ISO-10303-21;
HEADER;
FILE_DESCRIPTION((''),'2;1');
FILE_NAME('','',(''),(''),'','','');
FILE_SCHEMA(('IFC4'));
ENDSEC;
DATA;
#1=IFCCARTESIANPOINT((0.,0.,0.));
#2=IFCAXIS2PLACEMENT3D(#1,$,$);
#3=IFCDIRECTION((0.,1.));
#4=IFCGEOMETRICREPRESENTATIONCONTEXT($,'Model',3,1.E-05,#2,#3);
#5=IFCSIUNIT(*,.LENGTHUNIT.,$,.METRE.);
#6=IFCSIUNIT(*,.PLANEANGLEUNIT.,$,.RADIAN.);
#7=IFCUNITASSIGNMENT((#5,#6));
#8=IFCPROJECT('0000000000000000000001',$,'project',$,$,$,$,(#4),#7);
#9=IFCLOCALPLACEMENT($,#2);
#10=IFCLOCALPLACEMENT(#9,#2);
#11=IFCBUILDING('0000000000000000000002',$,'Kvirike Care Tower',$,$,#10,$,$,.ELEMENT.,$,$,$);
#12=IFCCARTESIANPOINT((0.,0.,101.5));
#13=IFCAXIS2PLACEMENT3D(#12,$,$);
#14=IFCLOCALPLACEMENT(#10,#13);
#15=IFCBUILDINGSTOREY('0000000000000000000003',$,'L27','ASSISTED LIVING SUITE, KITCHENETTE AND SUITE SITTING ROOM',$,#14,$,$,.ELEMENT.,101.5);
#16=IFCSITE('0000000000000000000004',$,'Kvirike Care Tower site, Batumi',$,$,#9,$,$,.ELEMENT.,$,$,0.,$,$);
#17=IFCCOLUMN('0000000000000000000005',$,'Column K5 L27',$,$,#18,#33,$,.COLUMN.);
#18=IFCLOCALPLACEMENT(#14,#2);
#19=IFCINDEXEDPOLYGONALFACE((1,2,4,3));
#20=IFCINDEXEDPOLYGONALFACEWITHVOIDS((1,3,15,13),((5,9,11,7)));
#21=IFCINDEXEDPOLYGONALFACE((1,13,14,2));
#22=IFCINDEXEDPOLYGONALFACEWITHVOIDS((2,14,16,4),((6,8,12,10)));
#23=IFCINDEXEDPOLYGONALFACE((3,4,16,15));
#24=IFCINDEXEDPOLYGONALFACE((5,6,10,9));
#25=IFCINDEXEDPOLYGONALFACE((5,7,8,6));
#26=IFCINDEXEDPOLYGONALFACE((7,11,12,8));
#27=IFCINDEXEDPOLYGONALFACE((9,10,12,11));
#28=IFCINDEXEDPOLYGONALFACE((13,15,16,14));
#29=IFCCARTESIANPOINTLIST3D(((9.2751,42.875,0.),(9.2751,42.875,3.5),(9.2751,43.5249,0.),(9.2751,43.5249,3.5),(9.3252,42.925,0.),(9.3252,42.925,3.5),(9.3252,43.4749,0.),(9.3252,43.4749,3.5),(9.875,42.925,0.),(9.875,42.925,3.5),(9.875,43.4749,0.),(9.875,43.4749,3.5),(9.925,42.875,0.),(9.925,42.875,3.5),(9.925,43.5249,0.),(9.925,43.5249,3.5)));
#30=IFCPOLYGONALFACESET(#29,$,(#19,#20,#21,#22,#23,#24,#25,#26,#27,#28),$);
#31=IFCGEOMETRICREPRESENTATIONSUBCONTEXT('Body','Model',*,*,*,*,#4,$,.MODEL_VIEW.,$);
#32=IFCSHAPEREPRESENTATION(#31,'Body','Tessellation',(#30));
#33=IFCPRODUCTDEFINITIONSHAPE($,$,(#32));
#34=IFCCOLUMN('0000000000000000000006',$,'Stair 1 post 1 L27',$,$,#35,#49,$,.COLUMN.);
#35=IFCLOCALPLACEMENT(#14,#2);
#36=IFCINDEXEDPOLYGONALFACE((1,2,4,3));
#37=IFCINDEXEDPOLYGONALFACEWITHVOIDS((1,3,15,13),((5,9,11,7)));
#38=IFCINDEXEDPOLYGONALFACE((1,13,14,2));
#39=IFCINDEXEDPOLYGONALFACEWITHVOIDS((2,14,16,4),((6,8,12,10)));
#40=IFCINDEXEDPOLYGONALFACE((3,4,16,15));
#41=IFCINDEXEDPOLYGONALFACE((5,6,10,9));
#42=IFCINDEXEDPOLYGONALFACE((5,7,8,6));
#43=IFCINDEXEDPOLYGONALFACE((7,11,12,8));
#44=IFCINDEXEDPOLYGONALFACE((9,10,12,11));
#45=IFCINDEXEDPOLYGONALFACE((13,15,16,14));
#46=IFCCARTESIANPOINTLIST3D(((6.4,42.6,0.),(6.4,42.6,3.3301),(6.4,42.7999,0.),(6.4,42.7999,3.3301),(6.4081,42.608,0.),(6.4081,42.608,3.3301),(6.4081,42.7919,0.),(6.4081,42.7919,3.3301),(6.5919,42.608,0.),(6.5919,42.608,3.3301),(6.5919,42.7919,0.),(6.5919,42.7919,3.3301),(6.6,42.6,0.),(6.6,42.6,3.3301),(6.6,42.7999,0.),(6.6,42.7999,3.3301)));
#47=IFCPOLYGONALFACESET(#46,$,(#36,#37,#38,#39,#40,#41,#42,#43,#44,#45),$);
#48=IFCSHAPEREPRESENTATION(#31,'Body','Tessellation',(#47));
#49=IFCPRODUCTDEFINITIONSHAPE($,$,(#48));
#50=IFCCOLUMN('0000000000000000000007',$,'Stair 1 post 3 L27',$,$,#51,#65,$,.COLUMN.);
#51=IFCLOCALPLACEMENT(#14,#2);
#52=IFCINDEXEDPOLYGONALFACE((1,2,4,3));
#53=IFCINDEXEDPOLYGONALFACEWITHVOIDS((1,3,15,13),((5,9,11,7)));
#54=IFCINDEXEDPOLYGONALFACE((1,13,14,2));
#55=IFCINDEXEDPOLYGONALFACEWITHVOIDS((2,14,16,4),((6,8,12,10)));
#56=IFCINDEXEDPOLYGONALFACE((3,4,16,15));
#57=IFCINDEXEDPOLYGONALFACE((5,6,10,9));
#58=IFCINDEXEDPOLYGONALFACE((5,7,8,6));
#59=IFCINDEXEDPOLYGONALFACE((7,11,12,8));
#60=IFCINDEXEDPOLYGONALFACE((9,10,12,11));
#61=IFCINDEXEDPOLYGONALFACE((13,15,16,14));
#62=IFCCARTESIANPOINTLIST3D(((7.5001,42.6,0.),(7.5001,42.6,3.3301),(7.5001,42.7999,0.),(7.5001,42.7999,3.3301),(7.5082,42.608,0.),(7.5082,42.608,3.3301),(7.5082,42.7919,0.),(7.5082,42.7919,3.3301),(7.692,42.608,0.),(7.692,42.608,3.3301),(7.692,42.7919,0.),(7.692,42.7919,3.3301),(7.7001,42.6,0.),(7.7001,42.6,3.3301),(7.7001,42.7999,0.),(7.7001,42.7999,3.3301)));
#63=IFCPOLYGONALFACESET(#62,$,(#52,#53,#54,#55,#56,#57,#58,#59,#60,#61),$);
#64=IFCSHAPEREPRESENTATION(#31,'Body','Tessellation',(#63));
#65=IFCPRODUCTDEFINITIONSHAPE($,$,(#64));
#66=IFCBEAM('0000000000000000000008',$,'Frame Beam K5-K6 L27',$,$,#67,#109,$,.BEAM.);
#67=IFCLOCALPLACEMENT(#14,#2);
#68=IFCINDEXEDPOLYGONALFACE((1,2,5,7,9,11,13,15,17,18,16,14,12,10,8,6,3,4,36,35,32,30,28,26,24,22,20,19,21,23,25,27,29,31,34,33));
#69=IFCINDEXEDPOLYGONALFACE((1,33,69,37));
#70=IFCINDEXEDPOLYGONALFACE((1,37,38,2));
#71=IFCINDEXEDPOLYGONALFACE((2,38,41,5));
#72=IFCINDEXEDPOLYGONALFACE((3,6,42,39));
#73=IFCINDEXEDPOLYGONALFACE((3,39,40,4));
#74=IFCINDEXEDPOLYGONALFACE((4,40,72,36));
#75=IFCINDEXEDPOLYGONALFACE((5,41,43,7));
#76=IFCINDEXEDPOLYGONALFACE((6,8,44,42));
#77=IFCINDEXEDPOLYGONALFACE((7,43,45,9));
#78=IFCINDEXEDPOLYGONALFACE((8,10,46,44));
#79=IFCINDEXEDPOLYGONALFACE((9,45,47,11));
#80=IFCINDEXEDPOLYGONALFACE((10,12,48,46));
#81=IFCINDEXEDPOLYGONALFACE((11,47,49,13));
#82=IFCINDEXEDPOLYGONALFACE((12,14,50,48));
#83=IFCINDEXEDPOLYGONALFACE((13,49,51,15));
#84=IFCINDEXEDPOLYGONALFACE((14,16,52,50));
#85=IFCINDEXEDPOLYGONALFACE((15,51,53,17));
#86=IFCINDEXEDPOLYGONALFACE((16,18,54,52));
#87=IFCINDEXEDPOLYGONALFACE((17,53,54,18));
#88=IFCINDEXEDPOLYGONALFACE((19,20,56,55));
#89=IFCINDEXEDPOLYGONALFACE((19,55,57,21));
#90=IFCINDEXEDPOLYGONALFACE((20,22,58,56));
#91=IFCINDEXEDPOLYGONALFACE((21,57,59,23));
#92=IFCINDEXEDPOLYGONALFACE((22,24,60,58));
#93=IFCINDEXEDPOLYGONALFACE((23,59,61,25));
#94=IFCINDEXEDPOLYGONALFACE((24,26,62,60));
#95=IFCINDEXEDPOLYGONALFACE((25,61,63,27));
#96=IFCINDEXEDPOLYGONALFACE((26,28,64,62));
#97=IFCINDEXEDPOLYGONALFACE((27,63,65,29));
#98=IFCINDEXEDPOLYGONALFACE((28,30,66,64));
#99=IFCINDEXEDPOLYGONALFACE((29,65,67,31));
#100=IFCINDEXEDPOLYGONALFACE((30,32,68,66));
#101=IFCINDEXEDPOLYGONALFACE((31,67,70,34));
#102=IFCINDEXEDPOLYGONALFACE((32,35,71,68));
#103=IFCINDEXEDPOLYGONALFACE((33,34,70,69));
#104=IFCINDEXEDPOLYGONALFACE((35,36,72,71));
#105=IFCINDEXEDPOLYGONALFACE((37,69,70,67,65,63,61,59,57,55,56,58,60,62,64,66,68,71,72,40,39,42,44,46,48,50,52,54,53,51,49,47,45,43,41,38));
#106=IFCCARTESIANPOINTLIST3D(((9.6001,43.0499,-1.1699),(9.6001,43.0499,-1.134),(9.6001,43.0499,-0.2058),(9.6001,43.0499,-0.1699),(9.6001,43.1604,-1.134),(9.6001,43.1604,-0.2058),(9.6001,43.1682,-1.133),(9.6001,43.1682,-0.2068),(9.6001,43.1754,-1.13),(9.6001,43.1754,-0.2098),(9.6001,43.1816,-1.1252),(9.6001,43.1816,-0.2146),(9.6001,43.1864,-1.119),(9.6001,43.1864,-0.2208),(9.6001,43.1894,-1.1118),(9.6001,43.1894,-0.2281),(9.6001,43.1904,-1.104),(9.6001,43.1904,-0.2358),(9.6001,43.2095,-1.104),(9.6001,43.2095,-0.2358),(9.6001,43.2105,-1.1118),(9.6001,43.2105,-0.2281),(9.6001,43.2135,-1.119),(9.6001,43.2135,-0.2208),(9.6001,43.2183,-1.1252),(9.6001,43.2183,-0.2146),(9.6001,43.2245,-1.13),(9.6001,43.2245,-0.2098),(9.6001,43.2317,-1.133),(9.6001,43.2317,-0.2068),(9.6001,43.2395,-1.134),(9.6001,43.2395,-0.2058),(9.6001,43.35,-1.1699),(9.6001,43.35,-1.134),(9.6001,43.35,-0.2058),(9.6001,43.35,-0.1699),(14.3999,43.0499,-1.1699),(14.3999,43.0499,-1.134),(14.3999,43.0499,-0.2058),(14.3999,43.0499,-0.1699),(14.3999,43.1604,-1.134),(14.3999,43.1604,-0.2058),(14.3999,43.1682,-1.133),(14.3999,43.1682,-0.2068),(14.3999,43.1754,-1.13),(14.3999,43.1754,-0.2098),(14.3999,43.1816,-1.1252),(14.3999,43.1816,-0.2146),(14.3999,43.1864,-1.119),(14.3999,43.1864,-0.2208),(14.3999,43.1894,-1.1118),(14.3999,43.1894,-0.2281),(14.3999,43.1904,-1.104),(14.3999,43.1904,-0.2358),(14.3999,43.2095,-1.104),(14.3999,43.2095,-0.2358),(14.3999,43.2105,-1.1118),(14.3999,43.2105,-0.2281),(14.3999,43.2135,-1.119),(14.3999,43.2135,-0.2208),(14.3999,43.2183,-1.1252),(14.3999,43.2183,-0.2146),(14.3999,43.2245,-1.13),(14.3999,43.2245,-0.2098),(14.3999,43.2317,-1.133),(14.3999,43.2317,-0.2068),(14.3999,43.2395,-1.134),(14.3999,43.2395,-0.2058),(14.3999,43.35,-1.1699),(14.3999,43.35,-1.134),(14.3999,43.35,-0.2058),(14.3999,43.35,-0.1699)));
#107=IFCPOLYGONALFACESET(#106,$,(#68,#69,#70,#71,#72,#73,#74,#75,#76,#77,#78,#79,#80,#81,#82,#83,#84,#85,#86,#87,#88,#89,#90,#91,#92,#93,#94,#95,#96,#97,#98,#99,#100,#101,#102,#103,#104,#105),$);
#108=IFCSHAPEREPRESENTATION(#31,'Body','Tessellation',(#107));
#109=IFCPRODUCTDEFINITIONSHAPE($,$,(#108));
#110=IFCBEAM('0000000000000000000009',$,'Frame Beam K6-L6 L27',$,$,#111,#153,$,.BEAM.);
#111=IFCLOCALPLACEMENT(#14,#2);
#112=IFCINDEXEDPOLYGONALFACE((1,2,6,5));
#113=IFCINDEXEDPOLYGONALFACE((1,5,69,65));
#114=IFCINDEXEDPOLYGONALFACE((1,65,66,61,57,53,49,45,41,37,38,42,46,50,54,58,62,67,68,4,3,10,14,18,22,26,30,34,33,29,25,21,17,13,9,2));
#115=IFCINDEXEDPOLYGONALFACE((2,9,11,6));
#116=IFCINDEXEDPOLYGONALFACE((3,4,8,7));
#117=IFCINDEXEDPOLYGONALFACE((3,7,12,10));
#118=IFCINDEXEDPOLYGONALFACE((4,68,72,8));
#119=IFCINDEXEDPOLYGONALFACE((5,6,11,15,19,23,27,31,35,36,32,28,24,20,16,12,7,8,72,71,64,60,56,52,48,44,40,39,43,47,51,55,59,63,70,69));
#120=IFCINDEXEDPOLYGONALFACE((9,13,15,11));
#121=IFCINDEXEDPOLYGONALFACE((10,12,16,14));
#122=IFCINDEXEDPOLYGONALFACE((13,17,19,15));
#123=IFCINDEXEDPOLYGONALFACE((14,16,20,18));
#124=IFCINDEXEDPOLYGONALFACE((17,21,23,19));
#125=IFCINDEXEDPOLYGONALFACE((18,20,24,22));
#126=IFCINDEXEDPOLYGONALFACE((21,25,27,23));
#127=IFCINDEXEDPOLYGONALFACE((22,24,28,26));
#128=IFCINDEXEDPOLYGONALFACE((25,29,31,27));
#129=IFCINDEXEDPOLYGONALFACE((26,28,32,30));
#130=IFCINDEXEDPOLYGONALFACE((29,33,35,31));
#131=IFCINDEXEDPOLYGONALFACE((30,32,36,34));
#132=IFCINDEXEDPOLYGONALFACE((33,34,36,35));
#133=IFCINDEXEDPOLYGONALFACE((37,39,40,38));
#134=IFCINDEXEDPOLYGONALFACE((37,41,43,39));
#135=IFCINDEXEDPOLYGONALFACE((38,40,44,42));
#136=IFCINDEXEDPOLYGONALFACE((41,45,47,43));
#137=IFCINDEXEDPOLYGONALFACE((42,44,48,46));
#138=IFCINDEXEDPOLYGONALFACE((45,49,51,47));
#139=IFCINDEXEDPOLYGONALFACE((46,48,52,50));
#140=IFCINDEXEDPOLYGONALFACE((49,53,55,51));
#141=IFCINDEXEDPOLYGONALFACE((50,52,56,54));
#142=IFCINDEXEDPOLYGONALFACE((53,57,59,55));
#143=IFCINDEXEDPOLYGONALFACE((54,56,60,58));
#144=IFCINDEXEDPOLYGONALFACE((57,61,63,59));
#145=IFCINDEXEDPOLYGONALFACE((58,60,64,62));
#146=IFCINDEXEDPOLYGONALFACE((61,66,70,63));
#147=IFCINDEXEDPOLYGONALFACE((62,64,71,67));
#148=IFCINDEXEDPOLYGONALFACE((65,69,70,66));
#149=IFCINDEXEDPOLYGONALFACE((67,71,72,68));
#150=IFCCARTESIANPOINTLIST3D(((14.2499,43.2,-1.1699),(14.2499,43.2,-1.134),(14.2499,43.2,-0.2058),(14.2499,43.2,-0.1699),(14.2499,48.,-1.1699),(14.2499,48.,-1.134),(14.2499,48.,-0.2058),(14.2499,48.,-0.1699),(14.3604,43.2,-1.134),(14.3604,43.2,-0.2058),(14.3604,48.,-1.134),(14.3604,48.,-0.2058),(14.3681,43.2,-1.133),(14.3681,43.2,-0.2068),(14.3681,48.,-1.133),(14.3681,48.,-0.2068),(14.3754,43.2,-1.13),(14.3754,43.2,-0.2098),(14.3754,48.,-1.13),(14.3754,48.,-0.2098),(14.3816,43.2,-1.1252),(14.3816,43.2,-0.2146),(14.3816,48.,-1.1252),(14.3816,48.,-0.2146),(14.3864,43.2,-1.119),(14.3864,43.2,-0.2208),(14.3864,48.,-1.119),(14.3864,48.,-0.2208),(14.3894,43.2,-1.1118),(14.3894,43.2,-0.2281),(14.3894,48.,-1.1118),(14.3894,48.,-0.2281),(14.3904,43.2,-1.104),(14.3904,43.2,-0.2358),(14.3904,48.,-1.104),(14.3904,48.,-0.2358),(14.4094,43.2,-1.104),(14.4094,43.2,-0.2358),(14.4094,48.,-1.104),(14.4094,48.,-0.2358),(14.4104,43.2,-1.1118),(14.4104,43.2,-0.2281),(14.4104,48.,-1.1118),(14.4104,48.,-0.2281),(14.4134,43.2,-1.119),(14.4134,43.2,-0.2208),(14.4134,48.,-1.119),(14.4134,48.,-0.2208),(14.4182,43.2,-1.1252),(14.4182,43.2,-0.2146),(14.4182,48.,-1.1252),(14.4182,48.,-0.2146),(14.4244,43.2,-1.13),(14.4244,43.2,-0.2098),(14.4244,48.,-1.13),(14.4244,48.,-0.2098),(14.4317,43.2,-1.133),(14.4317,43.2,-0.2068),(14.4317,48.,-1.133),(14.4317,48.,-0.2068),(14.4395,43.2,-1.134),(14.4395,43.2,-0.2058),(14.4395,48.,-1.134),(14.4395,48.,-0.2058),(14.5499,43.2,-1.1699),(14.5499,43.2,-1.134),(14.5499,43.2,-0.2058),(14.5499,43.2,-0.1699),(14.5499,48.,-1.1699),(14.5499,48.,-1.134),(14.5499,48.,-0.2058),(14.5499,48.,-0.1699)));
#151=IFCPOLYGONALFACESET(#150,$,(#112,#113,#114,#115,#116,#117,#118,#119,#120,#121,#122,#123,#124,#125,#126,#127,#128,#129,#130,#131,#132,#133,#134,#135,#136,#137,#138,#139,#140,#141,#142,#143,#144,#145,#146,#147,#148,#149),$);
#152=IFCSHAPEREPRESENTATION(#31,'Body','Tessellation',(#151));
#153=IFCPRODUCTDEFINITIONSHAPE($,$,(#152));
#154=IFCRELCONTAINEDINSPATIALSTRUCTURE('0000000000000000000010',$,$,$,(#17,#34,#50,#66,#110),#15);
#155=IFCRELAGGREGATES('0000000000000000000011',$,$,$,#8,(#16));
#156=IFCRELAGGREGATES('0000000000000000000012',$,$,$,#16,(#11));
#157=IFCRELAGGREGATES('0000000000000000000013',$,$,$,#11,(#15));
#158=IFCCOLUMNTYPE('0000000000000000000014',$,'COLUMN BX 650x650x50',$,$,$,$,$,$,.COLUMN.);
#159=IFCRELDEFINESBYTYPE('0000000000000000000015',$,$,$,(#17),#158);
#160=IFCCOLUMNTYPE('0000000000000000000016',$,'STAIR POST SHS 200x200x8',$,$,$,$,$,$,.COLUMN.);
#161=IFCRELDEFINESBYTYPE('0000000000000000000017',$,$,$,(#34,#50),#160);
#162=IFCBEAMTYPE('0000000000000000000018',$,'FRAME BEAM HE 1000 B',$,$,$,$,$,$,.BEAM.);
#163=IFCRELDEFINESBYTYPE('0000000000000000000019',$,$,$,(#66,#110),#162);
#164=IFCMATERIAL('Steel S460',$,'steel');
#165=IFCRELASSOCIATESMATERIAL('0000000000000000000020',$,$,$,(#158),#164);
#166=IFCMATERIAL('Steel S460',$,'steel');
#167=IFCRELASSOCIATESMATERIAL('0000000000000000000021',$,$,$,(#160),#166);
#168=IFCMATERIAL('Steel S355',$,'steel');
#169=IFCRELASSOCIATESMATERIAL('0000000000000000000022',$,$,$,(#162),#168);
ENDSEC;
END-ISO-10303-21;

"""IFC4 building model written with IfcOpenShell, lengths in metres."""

from ifc_helpers import new_model, si_unit, direction, frame, origin, origin_2d, place, context, subcontext, project, spatial, hollow_rectangle, i_section, extrude, material, material_profile, profile_set, type_object, element, save


model = new_model("IFC4")

# Units and contexts
model_context = context("Model", 3, precision=1e-05, world=origin(), true_north=direction((0.0, 1.0)))
body_context = subcontext(model_context, "Body", "Model", "MODEL_VIEW")
ifc_project = project(units=[si_unit("LENGTHUNIT", "METRE"), si_unit("PLANEANGLEUNIT", "RADIAN")], contexts=[model_context])

# Site, building, storey
site_placement = place(None, origin())
site = spatial("IfcSite", under=ifc_project, at=site_placement, Name="Kvirike Care Tower site, Batumi", CompositionType="ELEMENT", RefElevation=0.0)
building_placement = place(site_placement, origin())
building = spatial("IfcBuilding", under=site, at=building_placement, Name="Kvirike Care Tower", CompositionType="ELEMENT")
storey_placement = place(building_placement, frame((0.0, 0.0, 101.5)))
storey = spatial("IfcBuildingStorey", under=building, at=storey_placement, Name="L27", Description="ASSISTED LIVING SUITE, KITCHENETTE AND SUITE SITTING ROOM", CompositionType="ELEMENT", Elevation=101.5)

# Columns
ifc_material_1 = material(Name="Steel S460", Category="steel")
ifc_material_profile_1 = material_profile(ifc_material_1, hollow_rectangle(XDim=0.6499, YDim=0.6499, WallThickness=0.05, at=origin_2d()), Name="BX 650x650x50")
ifc_profile_set_1 = profile_set([ifc_material_profile_1], Name="Steel S460")
column_type_1 = type_object("IfcColumnType", Name="COLUMN BX 650x650x50", PredefinedType="COLUMN", material=ifc_profile_set_1)
column_placement = place(storey_placement, frame((9.6001, 43.2, 0.0), z_axis=(0.0, 0.0, 1.0), x_axis=(0.0, 1.0, 0.0)))
element("IfcColumn", 1, at=column_placement, inside=storey, type_object=column_type_1, Name="Column K5 L27", PredefinedType="COLUMN", context=body_context, shape_type="SweptSolid", body=[
    extrude(hollow_rectangle(XDim=0.6499, YDim=0.6499, WallThickness=0.05, at=origin_2d()), origin(), (0.0, 0.0, 1.0), 3.5),
])
ifc_material_2 = material(Name="Steel S460", Category="steel")
ifc_material_profile_2 = material_profile(ifc_material_2, hollow_rectangle(XDim=0.2, YDim=0.2, WallThickness=0.0081, at=origin_2d()), Name="SHS 200x200x8")
ifc_profile_set_2 = profile_set([ifc_material_profile_2], Name="Steel S460")
column_type_2 = type_object("IfcColumnType", Name="STAIR POST SHS 200x200x8", PredefinedType="COLUMN", material=ifc_profile_set_2)
for number, where, z_axis, x_axis, name in (
    (2, (6.5, 42.7, 0.0), (0.0, 0.0, 1.0), (1.0, 0.0, 0.0), "Stair 1 post 1 L27"),
    (3, (7.6001, 42.7, 0.0), (0.0, 0.0, 1.0), (1.0, 0.0, 0.0), "Stair 1 post 3 L27"),
):
    element("IfcColumn", number, at=place(storey_placement, frame(where, z_axis=z_axis, x_axis=x_axis)), inside=storey, type_object=column_type_2, Name=name, PredefinedType="COLUMN", context=body_context, shape_type="SweptSolid", body=[
        extrude(hollow_rectangle(XDim=0.2, YDim=0.2, WallThickness=0.0081, at=origin_2d()), origin(), (0.0, 0.0, 1.0), 3.3301),
    ])

# Beams
ifc_material_3 = material(Name="Steel S355", Category="steel")
ifc_material_profile_3 = material_profile(ifc_material_3, i_section(OverallWidth=0.3, OverallDepth=1.0, WebThickness=0.019, FlangeThickness=0.0359, FilletRadius=0.03, at=origin_2d()), Name="HE 1000 B")
ifc_profile_set_3 = profile_set([ifc_material_profile_3], Name="Steel S355")
beam_type_1 = type_object("IfcBeamType", Name="FRAME BEAM HE 1000 B", PredefinedType="BEAM", material=ifc_profile_set_3)
beam_1_placement = place(storey_placement, frame((9.6001, 43.2, -0.6699), z_axis=(1.0, 0.0, 0.0), x_axis=(0.0, 1.0, 0.0)))
element("IfcBeam", 4, at=beam_1_placement, inside=storey, type_object=beam_type_1, Name="Frame Beam K5-K6 L27", PredefinedType="BEAM", context=body_context, shape_type="SweptSolid", body=[
    extrude(i_section(OverallWidth=0.3, OverallDepth=1.0, WebThickness=0.019, FlangeThickness=0.0359, FilletRadius=0.03, at=origin_2d()), origin(), (0.0, 0.0, 1.0), 4.7998),
])
beam_2_placement = place(storey_placement, frame((14.3999, 43.2, -0.6699), z_axis=(0.0, 1.0, 0.0), x_axis=(-1.0, 0.0, 0.0)))
element("IfcBeam", 5, at=beam_2_placement, inside=storey, type_object=beam_type_1, Name="Frame Beam K6-L6 L27", PredefinedType="BEAM", context=body_context, shape_type="SweptSolid", body=[
    extrude(i_section(OverallWidth=0.3, OverallDepth=1.0, WebThickness=0.019, FlangeThickness=0.0359, FilletRadius=0.03, at=origin_2d()), origin(), (0.0, 0.0, 1.0), 4.8),
])

save(model, "model.ifc")
